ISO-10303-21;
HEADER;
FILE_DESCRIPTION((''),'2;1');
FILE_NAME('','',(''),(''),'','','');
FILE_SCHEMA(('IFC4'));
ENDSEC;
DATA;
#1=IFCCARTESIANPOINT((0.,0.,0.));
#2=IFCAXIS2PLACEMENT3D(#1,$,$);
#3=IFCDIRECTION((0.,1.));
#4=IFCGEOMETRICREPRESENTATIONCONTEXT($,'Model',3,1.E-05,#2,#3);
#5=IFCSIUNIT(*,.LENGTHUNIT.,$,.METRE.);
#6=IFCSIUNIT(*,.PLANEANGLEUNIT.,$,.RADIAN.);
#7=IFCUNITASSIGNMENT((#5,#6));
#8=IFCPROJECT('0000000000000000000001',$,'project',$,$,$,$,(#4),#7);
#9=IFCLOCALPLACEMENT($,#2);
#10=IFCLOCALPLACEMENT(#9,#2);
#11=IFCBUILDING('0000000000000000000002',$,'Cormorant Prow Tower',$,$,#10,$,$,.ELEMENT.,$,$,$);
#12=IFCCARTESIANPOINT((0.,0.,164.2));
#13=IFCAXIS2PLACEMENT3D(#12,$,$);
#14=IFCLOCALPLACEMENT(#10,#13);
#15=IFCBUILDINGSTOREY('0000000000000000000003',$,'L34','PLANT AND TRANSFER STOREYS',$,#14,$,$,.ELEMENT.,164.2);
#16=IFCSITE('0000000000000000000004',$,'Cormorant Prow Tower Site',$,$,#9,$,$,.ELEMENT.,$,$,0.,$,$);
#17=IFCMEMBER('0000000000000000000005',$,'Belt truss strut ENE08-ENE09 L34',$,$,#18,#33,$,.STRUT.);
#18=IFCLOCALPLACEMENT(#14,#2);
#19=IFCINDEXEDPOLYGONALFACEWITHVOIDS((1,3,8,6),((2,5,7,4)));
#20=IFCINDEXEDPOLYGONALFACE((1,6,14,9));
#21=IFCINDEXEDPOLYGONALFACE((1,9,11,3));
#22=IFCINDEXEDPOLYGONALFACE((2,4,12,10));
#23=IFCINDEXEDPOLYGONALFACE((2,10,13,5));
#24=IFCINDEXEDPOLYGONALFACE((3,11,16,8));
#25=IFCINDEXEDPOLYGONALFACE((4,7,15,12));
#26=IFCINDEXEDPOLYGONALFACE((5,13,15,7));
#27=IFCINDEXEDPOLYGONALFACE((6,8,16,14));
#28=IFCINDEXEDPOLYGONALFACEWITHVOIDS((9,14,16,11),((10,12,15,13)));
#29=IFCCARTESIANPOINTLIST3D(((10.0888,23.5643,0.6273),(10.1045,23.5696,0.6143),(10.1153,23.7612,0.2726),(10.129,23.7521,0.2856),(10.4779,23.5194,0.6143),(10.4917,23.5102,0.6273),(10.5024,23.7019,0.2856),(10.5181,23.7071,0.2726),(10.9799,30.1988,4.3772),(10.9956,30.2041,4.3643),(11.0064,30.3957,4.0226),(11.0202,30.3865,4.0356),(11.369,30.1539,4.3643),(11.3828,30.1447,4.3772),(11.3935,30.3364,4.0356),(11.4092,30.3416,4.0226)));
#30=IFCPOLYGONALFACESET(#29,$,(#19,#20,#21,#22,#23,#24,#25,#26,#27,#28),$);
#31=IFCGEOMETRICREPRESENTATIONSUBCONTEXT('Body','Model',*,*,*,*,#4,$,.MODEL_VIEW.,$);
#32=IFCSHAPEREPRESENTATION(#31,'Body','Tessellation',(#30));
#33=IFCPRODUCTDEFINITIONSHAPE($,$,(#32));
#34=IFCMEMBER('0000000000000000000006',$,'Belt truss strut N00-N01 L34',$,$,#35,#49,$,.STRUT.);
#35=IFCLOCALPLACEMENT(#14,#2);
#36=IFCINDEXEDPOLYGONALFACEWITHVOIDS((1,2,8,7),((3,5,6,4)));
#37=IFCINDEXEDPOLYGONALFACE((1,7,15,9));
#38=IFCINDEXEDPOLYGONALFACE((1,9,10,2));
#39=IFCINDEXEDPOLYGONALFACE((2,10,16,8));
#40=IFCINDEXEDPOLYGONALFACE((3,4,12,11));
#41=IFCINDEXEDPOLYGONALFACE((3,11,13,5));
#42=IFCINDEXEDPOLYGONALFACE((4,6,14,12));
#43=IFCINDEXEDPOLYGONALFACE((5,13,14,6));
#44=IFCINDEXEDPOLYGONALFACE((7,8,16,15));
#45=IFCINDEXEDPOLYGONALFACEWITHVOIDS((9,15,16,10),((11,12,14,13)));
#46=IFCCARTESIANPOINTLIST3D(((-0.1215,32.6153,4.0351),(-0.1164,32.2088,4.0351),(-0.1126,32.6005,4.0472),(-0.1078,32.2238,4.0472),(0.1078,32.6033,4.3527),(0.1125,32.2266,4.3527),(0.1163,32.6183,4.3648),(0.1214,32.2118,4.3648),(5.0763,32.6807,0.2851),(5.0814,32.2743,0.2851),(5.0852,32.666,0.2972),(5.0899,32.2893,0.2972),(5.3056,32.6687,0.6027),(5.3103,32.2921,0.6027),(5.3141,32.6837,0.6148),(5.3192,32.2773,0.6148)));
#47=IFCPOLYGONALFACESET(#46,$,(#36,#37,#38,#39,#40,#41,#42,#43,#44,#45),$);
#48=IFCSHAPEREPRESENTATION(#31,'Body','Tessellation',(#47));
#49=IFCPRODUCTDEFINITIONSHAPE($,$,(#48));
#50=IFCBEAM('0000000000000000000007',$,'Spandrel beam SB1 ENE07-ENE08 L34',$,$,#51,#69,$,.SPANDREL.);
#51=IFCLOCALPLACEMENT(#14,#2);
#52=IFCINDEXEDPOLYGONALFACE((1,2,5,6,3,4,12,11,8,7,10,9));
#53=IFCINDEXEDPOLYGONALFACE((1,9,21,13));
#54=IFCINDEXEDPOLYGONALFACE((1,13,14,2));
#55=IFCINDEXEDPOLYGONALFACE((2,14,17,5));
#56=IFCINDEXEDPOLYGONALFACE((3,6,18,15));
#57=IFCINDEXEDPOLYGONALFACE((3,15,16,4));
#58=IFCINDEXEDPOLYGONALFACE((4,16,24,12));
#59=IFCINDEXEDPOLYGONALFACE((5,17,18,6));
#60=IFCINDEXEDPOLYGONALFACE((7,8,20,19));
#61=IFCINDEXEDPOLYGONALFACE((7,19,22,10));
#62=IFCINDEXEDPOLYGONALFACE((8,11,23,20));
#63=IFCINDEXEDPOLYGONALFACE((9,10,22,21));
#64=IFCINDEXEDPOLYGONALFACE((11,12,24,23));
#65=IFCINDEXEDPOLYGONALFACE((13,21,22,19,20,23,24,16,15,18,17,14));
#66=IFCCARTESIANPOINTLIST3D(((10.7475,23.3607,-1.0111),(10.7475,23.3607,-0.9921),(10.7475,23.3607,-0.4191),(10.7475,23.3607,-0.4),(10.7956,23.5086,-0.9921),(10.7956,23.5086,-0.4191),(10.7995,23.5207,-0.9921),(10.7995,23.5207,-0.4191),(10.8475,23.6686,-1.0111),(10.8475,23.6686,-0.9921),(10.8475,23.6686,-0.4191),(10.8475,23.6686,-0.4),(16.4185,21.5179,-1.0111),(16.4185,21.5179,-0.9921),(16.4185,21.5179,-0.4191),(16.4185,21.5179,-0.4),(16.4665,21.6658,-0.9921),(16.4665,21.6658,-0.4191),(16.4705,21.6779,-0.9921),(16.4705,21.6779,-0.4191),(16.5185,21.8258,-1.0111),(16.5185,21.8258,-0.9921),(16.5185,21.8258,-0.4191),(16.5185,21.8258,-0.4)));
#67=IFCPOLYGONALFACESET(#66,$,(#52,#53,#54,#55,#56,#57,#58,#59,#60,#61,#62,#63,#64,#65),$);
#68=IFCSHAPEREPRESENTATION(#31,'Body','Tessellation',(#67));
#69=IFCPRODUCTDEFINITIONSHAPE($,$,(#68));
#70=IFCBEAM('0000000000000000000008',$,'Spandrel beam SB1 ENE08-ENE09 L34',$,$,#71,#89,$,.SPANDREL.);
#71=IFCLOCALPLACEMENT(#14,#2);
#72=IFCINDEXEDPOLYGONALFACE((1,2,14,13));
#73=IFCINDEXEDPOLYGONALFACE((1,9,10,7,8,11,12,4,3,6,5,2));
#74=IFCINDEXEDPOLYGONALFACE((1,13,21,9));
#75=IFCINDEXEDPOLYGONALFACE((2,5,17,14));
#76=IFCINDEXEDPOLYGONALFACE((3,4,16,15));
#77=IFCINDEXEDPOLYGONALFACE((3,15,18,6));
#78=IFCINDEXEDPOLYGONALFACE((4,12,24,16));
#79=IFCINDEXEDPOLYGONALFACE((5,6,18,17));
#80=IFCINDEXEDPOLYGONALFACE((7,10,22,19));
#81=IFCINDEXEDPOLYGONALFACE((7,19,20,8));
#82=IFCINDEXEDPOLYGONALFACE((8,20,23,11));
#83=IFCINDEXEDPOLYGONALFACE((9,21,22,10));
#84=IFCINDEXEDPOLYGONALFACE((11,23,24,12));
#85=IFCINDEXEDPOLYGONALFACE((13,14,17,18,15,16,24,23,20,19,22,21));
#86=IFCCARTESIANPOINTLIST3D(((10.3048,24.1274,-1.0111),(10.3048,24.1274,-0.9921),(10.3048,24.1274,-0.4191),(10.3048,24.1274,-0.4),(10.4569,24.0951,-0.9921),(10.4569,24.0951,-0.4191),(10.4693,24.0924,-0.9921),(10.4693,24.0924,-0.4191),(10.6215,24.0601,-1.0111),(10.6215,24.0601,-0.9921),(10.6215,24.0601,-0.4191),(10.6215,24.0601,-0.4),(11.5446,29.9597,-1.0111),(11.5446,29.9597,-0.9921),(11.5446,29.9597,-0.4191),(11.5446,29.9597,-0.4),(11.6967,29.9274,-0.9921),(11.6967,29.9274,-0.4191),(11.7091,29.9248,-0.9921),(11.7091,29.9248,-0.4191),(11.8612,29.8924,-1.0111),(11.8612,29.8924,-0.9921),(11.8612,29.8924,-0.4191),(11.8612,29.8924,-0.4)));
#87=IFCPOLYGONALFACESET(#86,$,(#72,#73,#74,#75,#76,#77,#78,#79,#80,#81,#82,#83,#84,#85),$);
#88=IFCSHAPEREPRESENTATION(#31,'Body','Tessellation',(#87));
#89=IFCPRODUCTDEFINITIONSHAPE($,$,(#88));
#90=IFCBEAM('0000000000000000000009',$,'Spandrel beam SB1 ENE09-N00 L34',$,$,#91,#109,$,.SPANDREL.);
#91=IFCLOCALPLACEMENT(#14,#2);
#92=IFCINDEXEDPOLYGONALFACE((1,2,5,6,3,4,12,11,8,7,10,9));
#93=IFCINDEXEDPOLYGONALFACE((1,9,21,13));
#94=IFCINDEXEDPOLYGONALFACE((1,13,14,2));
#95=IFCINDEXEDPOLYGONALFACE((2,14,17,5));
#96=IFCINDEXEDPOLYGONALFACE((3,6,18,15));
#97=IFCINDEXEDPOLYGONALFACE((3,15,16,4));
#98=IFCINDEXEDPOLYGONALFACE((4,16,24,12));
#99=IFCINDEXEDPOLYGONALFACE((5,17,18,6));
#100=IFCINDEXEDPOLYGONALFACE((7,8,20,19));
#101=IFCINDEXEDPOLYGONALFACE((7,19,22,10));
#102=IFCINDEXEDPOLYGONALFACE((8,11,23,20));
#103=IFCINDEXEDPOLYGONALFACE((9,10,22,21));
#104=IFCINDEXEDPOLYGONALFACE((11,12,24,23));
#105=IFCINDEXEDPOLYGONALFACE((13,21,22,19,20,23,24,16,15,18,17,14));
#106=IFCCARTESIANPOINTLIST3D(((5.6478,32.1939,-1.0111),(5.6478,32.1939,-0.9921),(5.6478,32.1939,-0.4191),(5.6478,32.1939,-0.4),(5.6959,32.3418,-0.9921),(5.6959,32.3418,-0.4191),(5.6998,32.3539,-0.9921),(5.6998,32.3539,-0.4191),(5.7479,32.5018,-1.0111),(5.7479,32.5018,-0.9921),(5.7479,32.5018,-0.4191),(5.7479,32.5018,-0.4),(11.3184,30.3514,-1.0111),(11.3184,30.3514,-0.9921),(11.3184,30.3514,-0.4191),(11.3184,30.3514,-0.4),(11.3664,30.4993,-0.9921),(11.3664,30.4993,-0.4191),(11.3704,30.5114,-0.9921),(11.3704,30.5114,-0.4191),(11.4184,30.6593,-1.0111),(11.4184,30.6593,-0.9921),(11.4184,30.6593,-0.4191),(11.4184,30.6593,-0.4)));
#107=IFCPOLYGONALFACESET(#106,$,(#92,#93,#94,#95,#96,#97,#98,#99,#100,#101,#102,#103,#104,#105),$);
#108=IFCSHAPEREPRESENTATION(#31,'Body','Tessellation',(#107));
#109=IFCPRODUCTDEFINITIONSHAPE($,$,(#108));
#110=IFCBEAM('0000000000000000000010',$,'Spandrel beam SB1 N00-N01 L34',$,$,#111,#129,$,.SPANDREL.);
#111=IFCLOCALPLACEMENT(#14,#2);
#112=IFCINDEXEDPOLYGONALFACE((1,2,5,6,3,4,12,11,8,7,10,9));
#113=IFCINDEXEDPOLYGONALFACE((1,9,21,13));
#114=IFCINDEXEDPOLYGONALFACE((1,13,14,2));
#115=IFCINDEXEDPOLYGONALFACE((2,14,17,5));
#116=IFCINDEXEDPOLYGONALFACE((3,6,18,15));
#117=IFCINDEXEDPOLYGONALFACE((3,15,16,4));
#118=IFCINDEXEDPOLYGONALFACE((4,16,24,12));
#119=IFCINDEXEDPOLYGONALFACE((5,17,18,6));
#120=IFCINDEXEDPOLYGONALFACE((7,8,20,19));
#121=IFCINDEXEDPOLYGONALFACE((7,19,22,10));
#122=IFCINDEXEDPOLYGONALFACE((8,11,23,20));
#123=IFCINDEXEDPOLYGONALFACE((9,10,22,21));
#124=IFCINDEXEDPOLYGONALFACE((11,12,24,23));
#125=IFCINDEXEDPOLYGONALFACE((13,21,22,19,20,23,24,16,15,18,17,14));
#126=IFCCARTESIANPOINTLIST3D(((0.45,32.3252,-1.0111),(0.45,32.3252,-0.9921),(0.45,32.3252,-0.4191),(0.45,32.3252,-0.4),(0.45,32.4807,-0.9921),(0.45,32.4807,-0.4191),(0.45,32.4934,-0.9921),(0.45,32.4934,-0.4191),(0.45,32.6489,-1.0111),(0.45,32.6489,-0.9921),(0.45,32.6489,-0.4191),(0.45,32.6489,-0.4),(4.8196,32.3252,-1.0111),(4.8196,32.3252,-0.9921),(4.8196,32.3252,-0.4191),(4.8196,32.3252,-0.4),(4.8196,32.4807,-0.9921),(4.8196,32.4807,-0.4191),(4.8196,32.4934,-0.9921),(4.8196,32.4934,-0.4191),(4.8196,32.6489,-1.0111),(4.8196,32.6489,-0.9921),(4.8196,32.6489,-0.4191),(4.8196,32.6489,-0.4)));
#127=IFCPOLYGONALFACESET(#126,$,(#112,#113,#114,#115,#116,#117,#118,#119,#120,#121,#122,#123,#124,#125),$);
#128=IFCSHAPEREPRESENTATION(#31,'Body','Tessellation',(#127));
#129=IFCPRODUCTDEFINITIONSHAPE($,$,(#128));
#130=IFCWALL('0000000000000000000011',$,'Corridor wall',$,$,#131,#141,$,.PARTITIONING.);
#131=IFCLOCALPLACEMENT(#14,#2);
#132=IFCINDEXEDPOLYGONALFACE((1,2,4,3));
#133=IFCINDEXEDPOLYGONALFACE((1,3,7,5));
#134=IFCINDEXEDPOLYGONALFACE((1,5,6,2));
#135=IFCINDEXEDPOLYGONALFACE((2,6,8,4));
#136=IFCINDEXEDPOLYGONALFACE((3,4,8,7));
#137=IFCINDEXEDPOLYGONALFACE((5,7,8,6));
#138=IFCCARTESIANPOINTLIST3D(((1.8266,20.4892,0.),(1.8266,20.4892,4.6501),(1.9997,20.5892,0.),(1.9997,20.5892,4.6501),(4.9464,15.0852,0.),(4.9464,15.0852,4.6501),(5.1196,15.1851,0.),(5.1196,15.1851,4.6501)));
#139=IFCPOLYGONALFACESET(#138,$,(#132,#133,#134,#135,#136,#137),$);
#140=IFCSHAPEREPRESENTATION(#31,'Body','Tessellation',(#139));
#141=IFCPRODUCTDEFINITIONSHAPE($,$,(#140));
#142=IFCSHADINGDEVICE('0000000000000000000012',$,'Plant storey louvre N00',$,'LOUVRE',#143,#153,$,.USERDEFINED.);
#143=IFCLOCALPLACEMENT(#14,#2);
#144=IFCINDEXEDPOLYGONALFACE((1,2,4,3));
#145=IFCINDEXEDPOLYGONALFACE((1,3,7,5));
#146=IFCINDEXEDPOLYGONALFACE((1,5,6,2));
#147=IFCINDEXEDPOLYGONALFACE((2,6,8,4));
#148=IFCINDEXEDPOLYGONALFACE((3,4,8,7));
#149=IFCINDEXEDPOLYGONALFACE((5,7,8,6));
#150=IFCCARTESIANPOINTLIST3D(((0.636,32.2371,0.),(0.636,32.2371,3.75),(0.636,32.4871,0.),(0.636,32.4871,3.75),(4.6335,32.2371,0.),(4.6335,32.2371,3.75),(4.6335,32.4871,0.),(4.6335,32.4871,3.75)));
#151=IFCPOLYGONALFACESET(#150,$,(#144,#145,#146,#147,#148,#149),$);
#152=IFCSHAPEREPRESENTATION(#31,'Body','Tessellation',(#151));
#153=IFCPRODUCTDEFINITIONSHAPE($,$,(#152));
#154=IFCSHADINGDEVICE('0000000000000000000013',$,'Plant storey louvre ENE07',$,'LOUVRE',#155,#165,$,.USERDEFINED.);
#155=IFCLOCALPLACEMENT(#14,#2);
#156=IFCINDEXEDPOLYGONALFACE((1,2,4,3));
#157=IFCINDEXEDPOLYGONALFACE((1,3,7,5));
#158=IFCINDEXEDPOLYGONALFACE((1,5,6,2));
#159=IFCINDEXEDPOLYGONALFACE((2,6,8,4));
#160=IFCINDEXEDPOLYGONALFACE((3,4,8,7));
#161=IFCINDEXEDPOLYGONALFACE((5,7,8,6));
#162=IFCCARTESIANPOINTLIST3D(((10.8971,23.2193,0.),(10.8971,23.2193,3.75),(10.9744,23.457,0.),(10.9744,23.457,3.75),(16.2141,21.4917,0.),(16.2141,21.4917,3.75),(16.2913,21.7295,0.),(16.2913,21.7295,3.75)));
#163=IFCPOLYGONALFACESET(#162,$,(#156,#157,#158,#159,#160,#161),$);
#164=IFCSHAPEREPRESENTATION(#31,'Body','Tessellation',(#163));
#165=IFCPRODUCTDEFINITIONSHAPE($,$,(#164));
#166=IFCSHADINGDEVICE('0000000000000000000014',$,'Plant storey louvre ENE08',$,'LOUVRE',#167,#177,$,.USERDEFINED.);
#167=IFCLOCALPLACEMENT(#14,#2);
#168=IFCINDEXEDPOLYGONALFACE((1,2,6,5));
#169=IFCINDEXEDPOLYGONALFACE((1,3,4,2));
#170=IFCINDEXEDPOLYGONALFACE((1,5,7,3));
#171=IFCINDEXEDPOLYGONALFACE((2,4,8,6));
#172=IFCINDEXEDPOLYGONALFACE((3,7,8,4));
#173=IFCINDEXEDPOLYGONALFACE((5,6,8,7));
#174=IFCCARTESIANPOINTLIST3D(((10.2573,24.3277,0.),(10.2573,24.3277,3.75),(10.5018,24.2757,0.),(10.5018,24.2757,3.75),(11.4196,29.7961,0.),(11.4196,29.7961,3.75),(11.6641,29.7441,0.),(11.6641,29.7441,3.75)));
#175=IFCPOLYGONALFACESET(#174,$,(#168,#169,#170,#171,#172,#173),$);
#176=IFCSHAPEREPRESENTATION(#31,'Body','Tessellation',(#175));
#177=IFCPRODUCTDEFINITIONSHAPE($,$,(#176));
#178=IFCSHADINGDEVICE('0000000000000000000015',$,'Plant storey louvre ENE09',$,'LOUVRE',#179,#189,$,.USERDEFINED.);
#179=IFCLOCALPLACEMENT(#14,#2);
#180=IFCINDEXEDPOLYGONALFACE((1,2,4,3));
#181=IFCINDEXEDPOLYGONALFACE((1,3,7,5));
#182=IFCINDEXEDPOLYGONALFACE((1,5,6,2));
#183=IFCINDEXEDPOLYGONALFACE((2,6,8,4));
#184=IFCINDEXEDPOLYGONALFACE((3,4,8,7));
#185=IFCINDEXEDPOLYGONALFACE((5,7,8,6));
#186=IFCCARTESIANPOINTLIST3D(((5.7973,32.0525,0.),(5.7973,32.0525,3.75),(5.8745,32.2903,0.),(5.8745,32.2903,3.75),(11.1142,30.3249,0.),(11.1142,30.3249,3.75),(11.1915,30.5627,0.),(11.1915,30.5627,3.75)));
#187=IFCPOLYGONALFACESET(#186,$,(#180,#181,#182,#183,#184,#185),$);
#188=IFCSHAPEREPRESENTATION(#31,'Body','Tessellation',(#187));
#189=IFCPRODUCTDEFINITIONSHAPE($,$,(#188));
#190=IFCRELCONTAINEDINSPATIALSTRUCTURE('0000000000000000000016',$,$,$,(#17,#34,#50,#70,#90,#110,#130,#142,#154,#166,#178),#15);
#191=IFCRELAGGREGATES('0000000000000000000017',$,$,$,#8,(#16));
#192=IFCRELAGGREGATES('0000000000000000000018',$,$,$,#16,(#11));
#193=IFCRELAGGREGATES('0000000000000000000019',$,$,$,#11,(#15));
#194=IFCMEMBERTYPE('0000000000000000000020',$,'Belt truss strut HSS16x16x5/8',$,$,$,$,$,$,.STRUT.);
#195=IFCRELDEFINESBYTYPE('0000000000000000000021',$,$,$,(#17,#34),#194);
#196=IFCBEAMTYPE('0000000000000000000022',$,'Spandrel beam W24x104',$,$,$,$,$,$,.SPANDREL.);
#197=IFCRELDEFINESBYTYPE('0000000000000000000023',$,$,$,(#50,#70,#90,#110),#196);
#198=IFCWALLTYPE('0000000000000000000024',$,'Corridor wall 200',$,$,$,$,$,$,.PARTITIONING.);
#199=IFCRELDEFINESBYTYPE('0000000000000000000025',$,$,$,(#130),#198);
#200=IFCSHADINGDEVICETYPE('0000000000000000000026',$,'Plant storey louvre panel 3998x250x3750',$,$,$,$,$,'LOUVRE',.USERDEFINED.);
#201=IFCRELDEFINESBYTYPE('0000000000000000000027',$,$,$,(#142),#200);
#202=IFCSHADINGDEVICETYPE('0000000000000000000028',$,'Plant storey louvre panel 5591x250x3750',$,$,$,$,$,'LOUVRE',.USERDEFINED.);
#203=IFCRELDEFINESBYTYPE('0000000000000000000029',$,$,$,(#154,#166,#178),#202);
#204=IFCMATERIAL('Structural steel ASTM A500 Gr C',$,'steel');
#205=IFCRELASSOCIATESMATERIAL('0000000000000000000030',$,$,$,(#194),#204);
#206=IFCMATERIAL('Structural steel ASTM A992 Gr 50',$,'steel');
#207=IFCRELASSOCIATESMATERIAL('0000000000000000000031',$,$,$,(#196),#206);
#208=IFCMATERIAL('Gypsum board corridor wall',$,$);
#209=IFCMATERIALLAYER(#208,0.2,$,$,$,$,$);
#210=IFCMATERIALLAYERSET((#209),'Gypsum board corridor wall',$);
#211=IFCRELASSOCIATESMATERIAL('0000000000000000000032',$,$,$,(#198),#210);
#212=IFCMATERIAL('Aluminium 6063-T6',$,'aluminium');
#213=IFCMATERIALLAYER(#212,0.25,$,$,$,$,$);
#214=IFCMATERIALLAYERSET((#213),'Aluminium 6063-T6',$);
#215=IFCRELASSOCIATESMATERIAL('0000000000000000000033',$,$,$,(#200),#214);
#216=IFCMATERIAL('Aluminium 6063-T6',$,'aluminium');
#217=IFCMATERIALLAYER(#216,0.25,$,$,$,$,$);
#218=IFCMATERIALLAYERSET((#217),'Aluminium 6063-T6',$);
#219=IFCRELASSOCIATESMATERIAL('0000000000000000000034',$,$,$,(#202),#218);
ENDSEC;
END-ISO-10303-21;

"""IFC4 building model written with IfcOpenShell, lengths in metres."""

from ifc_helpers import new_model, si_unit, direction, frame, frame_2d, origin, origin_2d, place, context, subcontext, project, spatial, rectangle, hollow_rectangle, i_section, extrude, material, layer, layer_set, material_profile, profile_set, type_object, element, save


model = new_model("IFC4")

# Units and contexts
model_context = context("Model", 3, precision=1e-05, world=origin(), true_north=direction((0.0, 1.0)))
body_context = subcontext(model_context, "Body", "Model", "MODEL_VIEW")
ifc_project = project(units=[si_unit("LENGTHUNIT", "METRE"), si_unit("PLANEANGLEUNIT", "RADIAN")], contexts=[model_context])

# Site, building, storey
site_placement = place(None, origin())
site = spatial("IfcSite", under=ifc_project, at=site_placement, Name="Cormorant Prow Tower Site", CompositionType="ELEMENT", RefElevation=0.0)
building_placement = place(site_placement, origin())
building = spatial("IfcBuilding", under=site, at=building_placement, Name="Cormorant Prow Tower", CompositionType="ELEMENT")
storey_placement = place(building_placement, frame((0.0, 0.0, 164.2)))
storey = spatial("IfcBuildingStorey", under=building, at=storey_placement, Name="L34", Description="PLANT AND TRANSFER STOREYS", CompositionType="ELEMENT", Elevation=164.2)

# Members
ifc_material_1 = material(Name="Structural steel ASTM A500 Gr C", Category="steel")
ifc_material_profile_1 = material_profile(ifc_material_1, hollow_rectangle(XDim=0.4065, YDim=0.4065, WallThickness=0.0149, at=origin_2d()), Name="HSS16x16x5/8")
ifc_profile_set_1 = profile_set([ifc_material_profile_1], Name="Structural steel ASTM A500 Gr C")
member_type_1 = type_object("IfcMemberType", Name="Belt truss strut HSS16x16x5/8", PredefinedType="STRUT", material=ifc_profile_set_1)
member_1_placement = place(storey_placement, frame((10.3035, 23.6357, 0.45), z_axis=(0.116138, 0.864669, 0.488733), x_axis=(-0.9911, 0.133119, 0.0)))
element("IfcMember", 1, at=member_1_placement, inside=storey, type_object=member_type_1, Name="Belt truss strut ENE08-ENE09 L34", PredefinedType="STRUT", context=body_context, shape_type="SweptSolid", body=[
    extrude(hollow_rectangle(XDim=0.4065, YDim=0.4065, WallThickness=0.0149, at=origin_2d()), origin(), (0.0, 0.0, 1.0), 7.6729),
])
member_2_placement = place(storey_placement, frame((5.1978, 32.479, 0.45), z_axis=(-0.810928, -0.010208, 0.585057), x_axis=(0.012587, -0.999921, 0.0)))
element("IfcMember", 2, at=member_2_placement, inside=storey, type_object=member_type_1, Name="Belt truss strut N00-N01 L34", PredefinedType="STRUT", context=body_context, shape_type="SweptSolid", body=[
    extrude(hollow_rectangle(XDim=0.4065, YDim=0.4065, WallThickness=0.0149, at=origin_2d()), origin(), (0.0, 0.0, 1.0), 6.4097),
])

# Beams
ifc_material_2 = material(Name="Structural steel ASTM A992 Gr 50", Category="steel")
ifc_material_profile_2 = material_profile(ifc_material_2, i_section(OverallWidth=0.3237, OverallDepth=0.6111, WebThickness=0.0127, FlangeThickness=0.019, at=origin_2d()), Name="W24x104")
ifc_profile_set_2 = profile_set([ifc_material_profile_2], Name="Structural steel ASTM A992 Gr 50")
beam_type = type_object("IfcBeamType", Name="Spandrel beam W24x104", PredefinedType="SPANDREL", material=ifc_profile_set_2)
beam_1_placement = place(storey_placement, frame((16.4685, 21.6719, -0.7056), z_axis=(-0.951047, 0.309045, 0.0), x_axis=(-0.309045, -0.951047, 0.0)))
element("IfcBeam", 3, at=beam_1_placement, inside=storey, type_object=beam_type, Name="Spandrel beam SB1 ENE07-ENE08 L34", PredefinedType="SPANDREL", context=body_context, shape_type="SweptSolid", body=[
    extrude(i_section(OverallWidth=0.3237, OverallDepth=0.6111, WebThickness=0.0127, FlangeThickness=0.019, at=origin_2d()), origin(), (0.0, 0.0, 1.0), 5.9629),
])
beam_2_placement = place(storey_placement, frame((10.4631, 24.0938, -0.7056), z_axis=(0.207921, 0.978146, 0.0), x_axis=(-0.978146, 0.207921, 0.0)))
element("IfcBeam", 4, at=beam_2_placement, inside=storey, type_object=beam_type, Name="Spandrel beam SB1 ENE08-ENE09 L34", PredefinedType="SPANDREL", context=body_context, shape_type="SweptSolid", body=[
    extrude(i_section(OverallWidth=0.3237, OverallDepth=0.6111, WebThickness=0.0127, FlangeThickness=0.019, at=origin_2d()), origin(), (0.0, 0.0, 1.0), 5.9626),
])
beam_3_placement = place(storey_placement, frame((11.3684, 30.5054, -0.7056), z_axis=(-0.951055, 0.30902, 0.0), x_axis=(-0.30902, -0.951055, 0.0)))
element("IfcBeam", 5, at=beam_3_placement, inside=storey, type_object=beam_type, Name="Spandrel beam SB1 ENE09-N00 L34", PredefinedType="SPANDREL", context=body_context, shape_type="SweptSolid", body=[
    extrude(i_section(OverallWidth=0.3237, OverallDepth=0.6111, WebThickness=0.0127, FlangeThickness=0.019, at=origin_2d()), origin(), (0.0, 0.0, 1.0), 5.9624),
])
beam_4_placement = place(storey_placement, frame((4.8196, 32.4871, -0.7056), z_axis=(-1.0, 0.0, 0.0), x_axis=(0.0, -1.0, 0.0)))
element("IfcBeam", 6, at=beam_4_placement, inside=storey, type_object=beam_type, Name="Spandrel beam SB1 N00-N01 L34", PredefinedType="SPANDREL", context=body_context, shape_type="SweptSolid", body=[
    extrude(i_section(OverallWidth=0.3237, OverallDepth=0.6111, WebThickness=0.0127, FlangeThickness=0.019, at=origin_2d()), origin(), (0.0, 0.0, 1.0), 4.3696),
])

# Wall
ifc_material_3 = material(Name="Gypsum board corridor wall")
ifc_layer_1 = layer(ifc_material_3, 0.2)
ifc_layer_set_1 = layer_set([ifc_layer_1], Name="Gypsum board corridor wall")
wall_type = type_object("IfcWallType", Name="Corridor wall 200", PredefinedType="PARTITIONING", material=ifc_layer_set_1)
wall_placement = place(storey_placement, frame((1.9131, 20.5393, 0.0), z_axis=(0.0, 0.0, 1.0), x_axis=(0.499981, -0.866036, 0.0)))
element("IfcWall", 7, at=wall_placement, inside=storey, type_object=wall_type, Name="Corridor wall", PredefinedType="PARTITIONING", context=body_context, shape_type="SweptSolid", body=[
    extrude(rectangle(XDim=6.24, YDim=0.2, at=frame_2d((3.1201, 0.0))), origin(), (0.0, 0.0, 1.0), 4.6501),
])

# Shading devices
ifc_material_4 = material(Name="Aluminium 6063-T6", Category="aluminium")
ifc_layer_2 = layer(ifc_material_4, 0.25)
ifc_layer_set_2 = layer_set([ifc_layer_2], Name="Aluminium 6063-T6")
shading_device_type_1 = type_object("IfcShadingDeviceType", Name="Plant storey louvre panel 3998x250x3750", ElementType="LOUVRE", PredefinedType="USERDEFINED", material=ifc_layer_set_2)
shading_device_placement = place(storey_placement, frame((2.6348, 32.3621, 0.0), z_axis=(0.0, 0.0, 1.0), x_axis=(-1.0, 0.0, 0.0)))
element("IfcShadingDevice", 8, at=shading_device_placement, inside=storey, type_object=shading_device_type_1, Name="Plant storey louvre N00", ObjectType="LOUVRE", PredefinedType="USERDEFINED", context=body_context, shape_type="SweptSolid", body=[
    extrude(rectangle(XDim=3.9976, YDim=0.25, at=origin_2d()), origin(), (0.0, 0.0, 1.0), 3.75),
])
ifc_material_5 = material(Name="Aluminium 6063-T6", Category="aluminium")
ifc_layer_3 = layer(ifc_material_5, 0.25)
ifc_layer_set_3 = layer_set([ifc_layer_3], Name="Aluminium 6063-T6")
shading_device_type_2 = type_object("IfcShadingDeviceType", Name="Plant storey louvre panel 5591x250x3750", ElementType="LOUVRE", PredefinedType="USERDEFINED", material=ifc_layer_set_3)
for number, where, z_axis, x_axis, name in (
    (9, (13.5942, 22.4744, 0.0), (0.0, 0.0, 1.0), (-0.951056, 0.309017, 0.0), "Plant storey louvre ENE07"),
    (10, (10.9607, 27.0359, 0.0), (0.0, 0.0, 1.0), (0.207912, 0.978148, 0.0), "Plant storey louvre ENE08"),
    (11, (8.4944, 31.3076, 0.0), (0.0, 0.0, 1.0), (-0.951056, 0.309017, 0.0), "Plant storey louvre ENE09"),
):
    element("IfcShadingDevice", number, at=place(storey_placement, frame(where, z_axis=z_axis, x_axis=x_axis)), inside=storey, type_object=shading_device_type_2, Name=name, ObjectType="LOUVRE", PredefinedType="USERDEFINED", context=body_context, shape_type="SweptSolid", body=[
        extrude(rectangle(XDim=5.5906, YDim=0.25, at=origin_2d()), origin(), (0.0, 0.0, 1.0), 3.75),
    ])

save(model, "model.ifc")
